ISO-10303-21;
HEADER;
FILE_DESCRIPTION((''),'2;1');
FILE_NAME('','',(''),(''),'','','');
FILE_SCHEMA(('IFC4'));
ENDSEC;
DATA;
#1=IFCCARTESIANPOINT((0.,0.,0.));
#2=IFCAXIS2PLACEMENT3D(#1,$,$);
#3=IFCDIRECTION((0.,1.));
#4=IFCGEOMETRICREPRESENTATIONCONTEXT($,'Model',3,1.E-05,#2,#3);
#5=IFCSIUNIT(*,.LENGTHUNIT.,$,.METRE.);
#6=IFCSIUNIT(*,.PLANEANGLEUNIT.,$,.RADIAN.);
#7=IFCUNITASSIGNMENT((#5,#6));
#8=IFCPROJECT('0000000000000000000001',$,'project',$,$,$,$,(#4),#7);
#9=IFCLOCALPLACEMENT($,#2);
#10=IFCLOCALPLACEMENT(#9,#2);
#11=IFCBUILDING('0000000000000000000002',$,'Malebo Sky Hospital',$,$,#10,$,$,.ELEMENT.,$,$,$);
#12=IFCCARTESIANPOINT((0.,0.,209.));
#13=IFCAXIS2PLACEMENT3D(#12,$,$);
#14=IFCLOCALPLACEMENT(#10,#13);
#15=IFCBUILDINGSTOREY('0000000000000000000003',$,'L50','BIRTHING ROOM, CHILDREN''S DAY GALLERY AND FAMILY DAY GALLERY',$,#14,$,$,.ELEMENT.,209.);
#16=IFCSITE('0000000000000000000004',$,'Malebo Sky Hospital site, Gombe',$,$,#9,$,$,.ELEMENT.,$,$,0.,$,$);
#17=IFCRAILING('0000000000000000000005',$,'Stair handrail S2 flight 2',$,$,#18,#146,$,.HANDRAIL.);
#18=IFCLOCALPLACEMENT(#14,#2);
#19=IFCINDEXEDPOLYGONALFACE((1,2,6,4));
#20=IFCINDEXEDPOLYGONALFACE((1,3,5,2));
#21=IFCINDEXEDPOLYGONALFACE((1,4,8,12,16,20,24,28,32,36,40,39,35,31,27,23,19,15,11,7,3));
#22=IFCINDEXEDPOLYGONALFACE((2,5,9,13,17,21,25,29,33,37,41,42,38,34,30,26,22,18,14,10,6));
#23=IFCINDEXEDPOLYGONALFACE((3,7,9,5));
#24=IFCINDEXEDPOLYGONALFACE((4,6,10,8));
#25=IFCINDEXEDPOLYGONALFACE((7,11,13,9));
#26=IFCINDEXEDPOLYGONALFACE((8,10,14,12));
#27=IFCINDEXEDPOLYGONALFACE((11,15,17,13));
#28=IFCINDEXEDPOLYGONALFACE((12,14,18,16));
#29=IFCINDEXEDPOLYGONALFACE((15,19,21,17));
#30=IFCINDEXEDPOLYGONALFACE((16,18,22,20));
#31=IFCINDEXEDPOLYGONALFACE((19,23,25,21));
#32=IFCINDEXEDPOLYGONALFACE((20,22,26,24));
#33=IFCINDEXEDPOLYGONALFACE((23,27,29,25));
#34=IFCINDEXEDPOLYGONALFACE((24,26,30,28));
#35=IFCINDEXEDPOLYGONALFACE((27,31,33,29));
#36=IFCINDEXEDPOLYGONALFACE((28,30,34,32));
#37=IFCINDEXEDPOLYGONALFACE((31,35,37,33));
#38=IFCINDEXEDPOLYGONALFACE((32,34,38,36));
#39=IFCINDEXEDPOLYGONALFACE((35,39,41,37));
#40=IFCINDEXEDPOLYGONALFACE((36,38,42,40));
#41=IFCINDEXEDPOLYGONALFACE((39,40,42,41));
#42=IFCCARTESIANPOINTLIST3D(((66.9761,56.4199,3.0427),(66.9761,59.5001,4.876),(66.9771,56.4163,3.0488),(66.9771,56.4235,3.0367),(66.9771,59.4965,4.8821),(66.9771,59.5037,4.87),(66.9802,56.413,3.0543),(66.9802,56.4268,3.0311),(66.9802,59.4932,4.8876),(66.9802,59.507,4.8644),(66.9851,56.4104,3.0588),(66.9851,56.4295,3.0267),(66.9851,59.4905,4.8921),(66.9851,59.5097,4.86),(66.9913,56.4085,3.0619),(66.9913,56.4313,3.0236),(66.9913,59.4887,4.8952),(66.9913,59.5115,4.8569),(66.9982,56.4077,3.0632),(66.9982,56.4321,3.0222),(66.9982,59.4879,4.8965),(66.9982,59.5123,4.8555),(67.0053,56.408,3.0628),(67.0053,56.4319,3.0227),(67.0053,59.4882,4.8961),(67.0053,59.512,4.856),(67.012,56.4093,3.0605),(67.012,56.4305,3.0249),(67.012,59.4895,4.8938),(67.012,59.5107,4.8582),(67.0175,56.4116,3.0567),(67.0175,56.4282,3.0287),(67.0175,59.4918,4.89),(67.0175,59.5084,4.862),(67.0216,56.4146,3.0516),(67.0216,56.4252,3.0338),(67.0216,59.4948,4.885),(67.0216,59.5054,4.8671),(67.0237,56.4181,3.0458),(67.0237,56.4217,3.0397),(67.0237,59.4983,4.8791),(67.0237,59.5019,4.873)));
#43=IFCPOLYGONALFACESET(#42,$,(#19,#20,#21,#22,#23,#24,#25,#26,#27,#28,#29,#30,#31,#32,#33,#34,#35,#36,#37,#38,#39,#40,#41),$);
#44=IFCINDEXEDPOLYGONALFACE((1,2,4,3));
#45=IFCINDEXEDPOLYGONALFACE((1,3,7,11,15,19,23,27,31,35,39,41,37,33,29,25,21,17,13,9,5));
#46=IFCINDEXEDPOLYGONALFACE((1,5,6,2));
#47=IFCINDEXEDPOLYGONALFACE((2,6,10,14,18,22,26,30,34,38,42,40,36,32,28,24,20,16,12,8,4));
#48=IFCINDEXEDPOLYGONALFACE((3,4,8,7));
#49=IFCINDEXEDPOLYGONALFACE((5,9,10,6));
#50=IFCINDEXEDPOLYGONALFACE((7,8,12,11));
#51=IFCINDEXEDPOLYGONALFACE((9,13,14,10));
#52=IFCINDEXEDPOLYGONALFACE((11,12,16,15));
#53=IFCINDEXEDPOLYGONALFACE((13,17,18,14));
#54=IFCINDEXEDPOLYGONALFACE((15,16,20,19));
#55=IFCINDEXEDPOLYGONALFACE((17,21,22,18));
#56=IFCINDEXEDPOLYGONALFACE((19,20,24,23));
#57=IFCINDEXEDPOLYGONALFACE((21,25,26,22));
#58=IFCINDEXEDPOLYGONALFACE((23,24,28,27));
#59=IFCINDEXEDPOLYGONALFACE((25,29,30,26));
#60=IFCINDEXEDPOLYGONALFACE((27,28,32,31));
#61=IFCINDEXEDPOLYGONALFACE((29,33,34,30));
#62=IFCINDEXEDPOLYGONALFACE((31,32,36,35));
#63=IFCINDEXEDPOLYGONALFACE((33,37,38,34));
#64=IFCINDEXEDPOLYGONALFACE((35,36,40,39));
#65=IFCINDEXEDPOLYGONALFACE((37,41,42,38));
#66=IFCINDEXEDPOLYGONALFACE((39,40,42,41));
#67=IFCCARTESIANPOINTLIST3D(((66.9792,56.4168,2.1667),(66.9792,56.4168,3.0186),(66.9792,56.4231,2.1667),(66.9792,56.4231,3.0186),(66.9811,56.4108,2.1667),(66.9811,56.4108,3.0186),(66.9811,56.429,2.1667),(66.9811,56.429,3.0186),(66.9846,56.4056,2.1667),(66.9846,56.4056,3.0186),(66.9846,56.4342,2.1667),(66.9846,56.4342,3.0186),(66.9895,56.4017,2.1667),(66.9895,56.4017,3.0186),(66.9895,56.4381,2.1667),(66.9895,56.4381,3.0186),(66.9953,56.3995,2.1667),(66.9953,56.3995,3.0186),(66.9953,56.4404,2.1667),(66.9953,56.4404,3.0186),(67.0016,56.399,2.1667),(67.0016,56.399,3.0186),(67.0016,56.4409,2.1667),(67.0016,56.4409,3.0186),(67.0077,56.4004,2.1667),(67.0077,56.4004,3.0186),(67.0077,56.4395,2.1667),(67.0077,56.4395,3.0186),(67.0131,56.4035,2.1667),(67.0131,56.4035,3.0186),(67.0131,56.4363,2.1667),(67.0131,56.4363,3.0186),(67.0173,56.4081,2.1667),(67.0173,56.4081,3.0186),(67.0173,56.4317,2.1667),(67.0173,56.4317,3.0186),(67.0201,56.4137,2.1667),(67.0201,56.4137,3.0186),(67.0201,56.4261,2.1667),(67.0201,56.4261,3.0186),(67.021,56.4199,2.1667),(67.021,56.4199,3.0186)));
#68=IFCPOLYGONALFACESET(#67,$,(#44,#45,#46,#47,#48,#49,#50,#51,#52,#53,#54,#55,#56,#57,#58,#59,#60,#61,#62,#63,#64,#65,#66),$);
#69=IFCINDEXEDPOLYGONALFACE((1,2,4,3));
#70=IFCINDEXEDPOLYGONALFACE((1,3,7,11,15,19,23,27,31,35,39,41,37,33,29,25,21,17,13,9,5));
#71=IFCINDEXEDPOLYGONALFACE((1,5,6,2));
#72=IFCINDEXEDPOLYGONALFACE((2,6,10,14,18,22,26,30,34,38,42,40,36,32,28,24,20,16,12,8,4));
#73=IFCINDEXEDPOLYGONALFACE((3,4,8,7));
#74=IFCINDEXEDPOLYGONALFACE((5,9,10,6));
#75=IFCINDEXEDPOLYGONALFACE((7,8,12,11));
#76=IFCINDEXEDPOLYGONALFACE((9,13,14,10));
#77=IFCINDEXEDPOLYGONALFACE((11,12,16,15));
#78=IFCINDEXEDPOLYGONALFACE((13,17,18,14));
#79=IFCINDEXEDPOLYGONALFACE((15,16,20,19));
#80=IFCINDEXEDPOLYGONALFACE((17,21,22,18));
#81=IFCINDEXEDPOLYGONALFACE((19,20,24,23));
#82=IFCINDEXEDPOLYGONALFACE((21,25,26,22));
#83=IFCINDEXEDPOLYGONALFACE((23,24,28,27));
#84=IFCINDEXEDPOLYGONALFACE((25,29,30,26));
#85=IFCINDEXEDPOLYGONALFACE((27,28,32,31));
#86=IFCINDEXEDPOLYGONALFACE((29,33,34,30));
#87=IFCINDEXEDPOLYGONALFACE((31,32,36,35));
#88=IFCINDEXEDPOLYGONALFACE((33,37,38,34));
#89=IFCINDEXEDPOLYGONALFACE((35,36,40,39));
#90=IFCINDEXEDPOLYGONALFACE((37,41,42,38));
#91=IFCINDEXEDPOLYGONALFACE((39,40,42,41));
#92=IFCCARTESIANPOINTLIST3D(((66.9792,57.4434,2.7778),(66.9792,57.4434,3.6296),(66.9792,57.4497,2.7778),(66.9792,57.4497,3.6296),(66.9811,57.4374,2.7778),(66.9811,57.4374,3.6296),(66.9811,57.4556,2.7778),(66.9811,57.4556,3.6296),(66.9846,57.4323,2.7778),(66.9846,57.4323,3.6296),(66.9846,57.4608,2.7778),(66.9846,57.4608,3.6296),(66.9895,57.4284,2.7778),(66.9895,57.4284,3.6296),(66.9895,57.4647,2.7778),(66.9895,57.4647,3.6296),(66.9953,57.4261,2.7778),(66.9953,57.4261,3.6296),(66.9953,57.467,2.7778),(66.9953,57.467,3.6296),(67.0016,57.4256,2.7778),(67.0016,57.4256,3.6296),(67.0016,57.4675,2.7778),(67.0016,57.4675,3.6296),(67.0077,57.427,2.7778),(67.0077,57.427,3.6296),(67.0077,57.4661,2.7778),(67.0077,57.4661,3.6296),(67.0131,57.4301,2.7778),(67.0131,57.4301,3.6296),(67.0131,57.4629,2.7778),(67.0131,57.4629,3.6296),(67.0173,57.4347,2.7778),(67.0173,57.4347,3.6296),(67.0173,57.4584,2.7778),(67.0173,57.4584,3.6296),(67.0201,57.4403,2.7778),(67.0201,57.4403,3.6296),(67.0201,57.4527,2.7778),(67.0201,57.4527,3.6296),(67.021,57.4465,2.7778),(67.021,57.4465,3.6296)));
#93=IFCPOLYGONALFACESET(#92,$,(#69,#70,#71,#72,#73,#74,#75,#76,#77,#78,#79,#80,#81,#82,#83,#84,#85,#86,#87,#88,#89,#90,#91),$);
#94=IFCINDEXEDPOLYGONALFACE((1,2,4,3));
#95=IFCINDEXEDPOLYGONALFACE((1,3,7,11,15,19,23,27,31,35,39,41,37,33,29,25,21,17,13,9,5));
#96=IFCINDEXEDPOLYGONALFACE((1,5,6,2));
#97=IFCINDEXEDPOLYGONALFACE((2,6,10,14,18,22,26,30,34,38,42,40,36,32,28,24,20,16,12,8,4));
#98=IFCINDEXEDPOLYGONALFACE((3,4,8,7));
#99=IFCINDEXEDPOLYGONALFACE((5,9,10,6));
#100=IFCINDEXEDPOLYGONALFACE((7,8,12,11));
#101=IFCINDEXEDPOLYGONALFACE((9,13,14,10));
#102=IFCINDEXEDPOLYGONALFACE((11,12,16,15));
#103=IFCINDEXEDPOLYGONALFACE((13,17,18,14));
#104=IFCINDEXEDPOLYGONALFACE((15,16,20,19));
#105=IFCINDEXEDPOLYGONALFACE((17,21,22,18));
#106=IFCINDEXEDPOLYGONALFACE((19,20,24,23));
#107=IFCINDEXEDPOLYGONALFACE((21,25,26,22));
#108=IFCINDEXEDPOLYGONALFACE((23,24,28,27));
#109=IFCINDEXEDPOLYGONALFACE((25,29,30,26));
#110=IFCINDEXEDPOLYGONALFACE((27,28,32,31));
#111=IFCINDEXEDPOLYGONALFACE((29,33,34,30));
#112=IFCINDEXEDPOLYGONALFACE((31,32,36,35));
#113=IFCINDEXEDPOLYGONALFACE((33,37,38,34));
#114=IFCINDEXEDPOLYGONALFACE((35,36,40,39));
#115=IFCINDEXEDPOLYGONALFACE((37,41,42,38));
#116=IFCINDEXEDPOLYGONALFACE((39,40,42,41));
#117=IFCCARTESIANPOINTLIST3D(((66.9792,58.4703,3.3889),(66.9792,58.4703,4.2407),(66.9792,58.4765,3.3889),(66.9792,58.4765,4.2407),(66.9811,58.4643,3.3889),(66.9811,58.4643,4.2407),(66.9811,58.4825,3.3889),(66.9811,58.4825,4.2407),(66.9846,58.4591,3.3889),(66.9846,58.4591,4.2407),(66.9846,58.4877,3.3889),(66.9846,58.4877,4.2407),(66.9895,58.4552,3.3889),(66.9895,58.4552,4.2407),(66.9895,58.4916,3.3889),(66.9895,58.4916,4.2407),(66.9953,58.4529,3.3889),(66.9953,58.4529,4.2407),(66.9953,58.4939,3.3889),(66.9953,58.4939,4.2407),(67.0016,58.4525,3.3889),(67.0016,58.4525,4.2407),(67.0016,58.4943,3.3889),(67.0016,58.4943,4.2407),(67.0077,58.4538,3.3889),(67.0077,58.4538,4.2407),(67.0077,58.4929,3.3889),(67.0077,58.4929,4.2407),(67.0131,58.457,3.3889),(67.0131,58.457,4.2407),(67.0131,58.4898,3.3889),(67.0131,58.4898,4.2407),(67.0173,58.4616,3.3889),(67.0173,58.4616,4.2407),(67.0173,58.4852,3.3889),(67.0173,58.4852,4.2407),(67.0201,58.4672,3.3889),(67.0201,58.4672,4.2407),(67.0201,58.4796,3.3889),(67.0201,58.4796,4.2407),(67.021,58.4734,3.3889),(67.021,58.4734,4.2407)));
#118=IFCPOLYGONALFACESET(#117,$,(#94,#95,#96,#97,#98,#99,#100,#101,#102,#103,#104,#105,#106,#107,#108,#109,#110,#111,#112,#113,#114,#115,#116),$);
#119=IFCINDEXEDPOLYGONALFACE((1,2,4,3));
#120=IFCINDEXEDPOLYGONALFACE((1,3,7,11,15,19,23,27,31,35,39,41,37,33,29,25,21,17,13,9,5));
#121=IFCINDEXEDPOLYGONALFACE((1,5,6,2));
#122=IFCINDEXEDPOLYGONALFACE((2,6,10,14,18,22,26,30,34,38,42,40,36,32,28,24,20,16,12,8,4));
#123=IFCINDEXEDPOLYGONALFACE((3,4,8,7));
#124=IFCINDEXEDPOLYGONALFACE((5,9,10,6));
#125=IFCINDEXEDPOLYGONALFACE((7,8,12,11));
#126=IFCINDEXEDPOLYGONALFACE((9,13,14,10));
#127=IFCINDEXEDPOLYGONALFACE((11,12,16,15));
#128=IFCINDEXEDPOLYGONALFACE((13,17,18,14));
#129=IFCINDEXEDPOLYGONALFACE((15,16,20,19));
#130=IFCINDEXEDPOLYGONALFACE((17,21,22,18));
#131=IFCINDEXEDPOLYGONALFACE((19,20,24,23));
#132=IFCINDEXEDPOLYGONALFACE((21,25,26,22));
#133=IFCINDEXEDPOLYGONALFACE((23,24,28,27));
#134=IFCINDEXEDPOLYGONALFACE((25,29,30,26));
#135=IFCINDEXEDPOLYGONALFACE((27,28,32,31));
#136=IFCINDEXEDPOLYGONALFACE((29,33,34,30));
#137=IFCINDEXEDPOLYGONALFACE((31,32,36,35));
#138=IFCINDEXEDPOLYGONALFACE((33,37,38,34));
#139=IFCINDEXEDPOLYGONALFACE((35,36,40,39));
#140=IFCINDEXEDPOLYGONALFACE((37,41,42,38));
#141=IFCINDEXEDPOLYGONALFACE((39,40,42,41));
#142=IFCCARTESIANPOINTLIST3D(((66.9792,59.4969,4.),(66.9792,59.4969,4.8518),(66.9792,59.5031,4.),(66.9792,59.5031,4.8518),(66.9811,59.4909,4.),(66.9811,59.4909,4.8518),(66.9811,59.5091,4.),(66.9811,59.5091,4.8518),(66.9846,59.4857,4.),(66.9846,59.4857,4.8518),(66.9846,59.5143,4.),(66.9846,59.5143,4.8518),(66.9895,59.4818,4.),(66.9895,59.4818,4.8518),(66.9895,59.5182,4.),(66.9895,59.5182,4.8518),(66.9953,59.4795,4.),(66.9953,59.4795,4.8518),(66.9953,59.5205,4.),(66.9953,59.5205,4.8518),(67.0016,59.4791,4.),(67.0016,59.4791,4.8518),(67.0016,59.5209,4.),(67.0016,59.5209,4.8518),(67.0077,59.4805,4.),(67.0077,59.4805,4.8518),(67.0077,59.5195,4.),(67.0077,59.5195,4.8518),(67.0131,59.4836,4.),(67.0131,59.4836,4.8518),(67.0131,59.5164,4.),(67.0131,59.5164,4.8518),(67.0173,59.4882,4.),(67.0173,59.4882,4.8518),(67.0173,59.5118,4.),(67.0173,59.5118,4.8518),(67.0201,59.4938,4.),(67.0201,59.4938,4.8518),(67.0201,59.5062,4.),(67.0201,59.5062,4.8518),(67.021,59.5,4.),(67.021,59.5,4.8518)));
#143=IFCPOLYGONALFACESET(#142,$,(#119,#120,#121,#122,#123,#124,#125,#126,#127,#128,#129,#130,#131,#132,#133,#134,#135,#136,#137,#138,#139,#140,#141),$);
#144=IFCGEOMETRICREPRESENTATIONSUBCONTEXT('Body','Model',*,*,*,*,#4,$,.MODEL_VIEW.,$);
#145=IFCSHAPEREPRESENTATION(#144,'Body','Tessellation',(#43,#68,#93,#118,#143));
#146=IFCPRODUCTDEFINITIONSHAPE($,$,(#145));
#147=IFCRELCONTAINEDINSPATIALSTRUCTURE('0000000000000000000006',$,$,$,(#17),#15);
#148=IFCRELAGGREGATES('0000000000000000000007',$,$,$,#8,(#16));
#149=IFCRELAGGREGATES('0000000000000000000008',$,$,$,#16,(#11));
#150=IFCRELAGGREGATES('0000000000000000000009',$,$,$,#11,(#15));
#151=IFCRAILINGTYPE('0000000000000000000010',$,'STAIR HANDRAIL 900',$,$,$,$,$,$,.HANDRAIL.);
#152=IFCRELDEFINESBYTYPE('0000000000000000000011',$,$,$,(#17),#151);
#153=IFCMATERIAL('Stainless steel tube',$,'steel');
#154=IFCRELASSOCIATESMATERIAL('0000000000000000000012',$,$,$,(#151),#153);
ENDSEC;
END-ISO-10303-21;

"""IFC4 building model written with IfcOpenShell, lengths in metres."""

from ifc_helpers import new_model, si_unit, direction, frame, origin, origin_2d, place, context, subcontext, project, spatial, circle, extrude, material, type_object, element, save


model = new_model("IFC4")

# Units and contexts
model_context = context("Model", 3, precision=1e-05, world=origin(), true_north=direction((0.0, 1.0)))
body_context = subcontext(model_context, "Body", "Model", "MODEL_VIEW")
ifc_project = project(units=[si_unit("LENGTHUNIT", "METRE"), si_unit("PLANEANGLEUNIT", "RADIAN")], contexts=[model_context])

# Site, building, storey
site_placement = place(None, origin())
site = spatial("IfcSite", under=ifc_project, at=site_placement, Name="Malebo Sky Hospital site, Gombe", CompositionType="ELEMENT", RefElevation=0.0)
building_placement = place(site_placement, origin())
building = spatial("IfcBuilding", under=site, at=building_placement, Name="Malebo Sky Hospital", CompositionType="ELEMENT")
storey_placement = place(building_placement, frame((0.0, 0.0, 209.0)))
storey = spatial("IfcBuildingStorey", under=building, at=storey_placement, Name="L50", Description="BIRTHING ROOM, CHILDREN'S DAY GALLERY AND FAMILY DAY GALLERY", CompositionType="ELEMENT", Elevation=209.0)

# Railing
ifc_material_1 = material(Name="Stainless steel tube", Category="steel")
railing_type = type_object("IfcRailingType", Name="STAIR HANDRAIL 900", PredefinedType="HANDRAIL", material=ifc_material_1)
railing_1_placement = place(storey_placement, frame((67.0, 56.4199, 2.1667)))
element("IfcRailing", 1, at=railing_1_placement, inside=storey, type_object=railing_type, Name="Stair handrail S2 flight 2", PredefinedType="HANDRAIL", context=body_context, shape_type="SweptSolid", body=[
    extrude(circle(Radius=0.0239, at=origin_2d()), frame((0.0, 0.0, 0.876), z_axis=(0.0, 0.859309, 0.511458), x_axis=(-1.0, 0.0, 0.0)), (0.0, 0.0, 1.0), 3.5845),
    extrude(circle(Radius=0.021, at=origin_2d()), origin(), (0.0, 0.0, 1.0), 0.8518),
    extrude(circle(Radius=0.021, at=origin_2d()), frame((0.0, 1.0266, 0.6111)), (0.0, 0.0, 1.0), 0.8518),
    extrude(circle(Radius=0.021, at=origin_2d()), frame((0.0, 2.0535, 1.2222)), (0.0, 0.0, 1.0), 0.8518),
    extrude(circle(Radius=0.021, at=origin_2d()), frame((0.0, 3.0801, 1.8333)), (0.0, 0.0, 1.0), 0.8518),
])

save(model, "model.ifc")
